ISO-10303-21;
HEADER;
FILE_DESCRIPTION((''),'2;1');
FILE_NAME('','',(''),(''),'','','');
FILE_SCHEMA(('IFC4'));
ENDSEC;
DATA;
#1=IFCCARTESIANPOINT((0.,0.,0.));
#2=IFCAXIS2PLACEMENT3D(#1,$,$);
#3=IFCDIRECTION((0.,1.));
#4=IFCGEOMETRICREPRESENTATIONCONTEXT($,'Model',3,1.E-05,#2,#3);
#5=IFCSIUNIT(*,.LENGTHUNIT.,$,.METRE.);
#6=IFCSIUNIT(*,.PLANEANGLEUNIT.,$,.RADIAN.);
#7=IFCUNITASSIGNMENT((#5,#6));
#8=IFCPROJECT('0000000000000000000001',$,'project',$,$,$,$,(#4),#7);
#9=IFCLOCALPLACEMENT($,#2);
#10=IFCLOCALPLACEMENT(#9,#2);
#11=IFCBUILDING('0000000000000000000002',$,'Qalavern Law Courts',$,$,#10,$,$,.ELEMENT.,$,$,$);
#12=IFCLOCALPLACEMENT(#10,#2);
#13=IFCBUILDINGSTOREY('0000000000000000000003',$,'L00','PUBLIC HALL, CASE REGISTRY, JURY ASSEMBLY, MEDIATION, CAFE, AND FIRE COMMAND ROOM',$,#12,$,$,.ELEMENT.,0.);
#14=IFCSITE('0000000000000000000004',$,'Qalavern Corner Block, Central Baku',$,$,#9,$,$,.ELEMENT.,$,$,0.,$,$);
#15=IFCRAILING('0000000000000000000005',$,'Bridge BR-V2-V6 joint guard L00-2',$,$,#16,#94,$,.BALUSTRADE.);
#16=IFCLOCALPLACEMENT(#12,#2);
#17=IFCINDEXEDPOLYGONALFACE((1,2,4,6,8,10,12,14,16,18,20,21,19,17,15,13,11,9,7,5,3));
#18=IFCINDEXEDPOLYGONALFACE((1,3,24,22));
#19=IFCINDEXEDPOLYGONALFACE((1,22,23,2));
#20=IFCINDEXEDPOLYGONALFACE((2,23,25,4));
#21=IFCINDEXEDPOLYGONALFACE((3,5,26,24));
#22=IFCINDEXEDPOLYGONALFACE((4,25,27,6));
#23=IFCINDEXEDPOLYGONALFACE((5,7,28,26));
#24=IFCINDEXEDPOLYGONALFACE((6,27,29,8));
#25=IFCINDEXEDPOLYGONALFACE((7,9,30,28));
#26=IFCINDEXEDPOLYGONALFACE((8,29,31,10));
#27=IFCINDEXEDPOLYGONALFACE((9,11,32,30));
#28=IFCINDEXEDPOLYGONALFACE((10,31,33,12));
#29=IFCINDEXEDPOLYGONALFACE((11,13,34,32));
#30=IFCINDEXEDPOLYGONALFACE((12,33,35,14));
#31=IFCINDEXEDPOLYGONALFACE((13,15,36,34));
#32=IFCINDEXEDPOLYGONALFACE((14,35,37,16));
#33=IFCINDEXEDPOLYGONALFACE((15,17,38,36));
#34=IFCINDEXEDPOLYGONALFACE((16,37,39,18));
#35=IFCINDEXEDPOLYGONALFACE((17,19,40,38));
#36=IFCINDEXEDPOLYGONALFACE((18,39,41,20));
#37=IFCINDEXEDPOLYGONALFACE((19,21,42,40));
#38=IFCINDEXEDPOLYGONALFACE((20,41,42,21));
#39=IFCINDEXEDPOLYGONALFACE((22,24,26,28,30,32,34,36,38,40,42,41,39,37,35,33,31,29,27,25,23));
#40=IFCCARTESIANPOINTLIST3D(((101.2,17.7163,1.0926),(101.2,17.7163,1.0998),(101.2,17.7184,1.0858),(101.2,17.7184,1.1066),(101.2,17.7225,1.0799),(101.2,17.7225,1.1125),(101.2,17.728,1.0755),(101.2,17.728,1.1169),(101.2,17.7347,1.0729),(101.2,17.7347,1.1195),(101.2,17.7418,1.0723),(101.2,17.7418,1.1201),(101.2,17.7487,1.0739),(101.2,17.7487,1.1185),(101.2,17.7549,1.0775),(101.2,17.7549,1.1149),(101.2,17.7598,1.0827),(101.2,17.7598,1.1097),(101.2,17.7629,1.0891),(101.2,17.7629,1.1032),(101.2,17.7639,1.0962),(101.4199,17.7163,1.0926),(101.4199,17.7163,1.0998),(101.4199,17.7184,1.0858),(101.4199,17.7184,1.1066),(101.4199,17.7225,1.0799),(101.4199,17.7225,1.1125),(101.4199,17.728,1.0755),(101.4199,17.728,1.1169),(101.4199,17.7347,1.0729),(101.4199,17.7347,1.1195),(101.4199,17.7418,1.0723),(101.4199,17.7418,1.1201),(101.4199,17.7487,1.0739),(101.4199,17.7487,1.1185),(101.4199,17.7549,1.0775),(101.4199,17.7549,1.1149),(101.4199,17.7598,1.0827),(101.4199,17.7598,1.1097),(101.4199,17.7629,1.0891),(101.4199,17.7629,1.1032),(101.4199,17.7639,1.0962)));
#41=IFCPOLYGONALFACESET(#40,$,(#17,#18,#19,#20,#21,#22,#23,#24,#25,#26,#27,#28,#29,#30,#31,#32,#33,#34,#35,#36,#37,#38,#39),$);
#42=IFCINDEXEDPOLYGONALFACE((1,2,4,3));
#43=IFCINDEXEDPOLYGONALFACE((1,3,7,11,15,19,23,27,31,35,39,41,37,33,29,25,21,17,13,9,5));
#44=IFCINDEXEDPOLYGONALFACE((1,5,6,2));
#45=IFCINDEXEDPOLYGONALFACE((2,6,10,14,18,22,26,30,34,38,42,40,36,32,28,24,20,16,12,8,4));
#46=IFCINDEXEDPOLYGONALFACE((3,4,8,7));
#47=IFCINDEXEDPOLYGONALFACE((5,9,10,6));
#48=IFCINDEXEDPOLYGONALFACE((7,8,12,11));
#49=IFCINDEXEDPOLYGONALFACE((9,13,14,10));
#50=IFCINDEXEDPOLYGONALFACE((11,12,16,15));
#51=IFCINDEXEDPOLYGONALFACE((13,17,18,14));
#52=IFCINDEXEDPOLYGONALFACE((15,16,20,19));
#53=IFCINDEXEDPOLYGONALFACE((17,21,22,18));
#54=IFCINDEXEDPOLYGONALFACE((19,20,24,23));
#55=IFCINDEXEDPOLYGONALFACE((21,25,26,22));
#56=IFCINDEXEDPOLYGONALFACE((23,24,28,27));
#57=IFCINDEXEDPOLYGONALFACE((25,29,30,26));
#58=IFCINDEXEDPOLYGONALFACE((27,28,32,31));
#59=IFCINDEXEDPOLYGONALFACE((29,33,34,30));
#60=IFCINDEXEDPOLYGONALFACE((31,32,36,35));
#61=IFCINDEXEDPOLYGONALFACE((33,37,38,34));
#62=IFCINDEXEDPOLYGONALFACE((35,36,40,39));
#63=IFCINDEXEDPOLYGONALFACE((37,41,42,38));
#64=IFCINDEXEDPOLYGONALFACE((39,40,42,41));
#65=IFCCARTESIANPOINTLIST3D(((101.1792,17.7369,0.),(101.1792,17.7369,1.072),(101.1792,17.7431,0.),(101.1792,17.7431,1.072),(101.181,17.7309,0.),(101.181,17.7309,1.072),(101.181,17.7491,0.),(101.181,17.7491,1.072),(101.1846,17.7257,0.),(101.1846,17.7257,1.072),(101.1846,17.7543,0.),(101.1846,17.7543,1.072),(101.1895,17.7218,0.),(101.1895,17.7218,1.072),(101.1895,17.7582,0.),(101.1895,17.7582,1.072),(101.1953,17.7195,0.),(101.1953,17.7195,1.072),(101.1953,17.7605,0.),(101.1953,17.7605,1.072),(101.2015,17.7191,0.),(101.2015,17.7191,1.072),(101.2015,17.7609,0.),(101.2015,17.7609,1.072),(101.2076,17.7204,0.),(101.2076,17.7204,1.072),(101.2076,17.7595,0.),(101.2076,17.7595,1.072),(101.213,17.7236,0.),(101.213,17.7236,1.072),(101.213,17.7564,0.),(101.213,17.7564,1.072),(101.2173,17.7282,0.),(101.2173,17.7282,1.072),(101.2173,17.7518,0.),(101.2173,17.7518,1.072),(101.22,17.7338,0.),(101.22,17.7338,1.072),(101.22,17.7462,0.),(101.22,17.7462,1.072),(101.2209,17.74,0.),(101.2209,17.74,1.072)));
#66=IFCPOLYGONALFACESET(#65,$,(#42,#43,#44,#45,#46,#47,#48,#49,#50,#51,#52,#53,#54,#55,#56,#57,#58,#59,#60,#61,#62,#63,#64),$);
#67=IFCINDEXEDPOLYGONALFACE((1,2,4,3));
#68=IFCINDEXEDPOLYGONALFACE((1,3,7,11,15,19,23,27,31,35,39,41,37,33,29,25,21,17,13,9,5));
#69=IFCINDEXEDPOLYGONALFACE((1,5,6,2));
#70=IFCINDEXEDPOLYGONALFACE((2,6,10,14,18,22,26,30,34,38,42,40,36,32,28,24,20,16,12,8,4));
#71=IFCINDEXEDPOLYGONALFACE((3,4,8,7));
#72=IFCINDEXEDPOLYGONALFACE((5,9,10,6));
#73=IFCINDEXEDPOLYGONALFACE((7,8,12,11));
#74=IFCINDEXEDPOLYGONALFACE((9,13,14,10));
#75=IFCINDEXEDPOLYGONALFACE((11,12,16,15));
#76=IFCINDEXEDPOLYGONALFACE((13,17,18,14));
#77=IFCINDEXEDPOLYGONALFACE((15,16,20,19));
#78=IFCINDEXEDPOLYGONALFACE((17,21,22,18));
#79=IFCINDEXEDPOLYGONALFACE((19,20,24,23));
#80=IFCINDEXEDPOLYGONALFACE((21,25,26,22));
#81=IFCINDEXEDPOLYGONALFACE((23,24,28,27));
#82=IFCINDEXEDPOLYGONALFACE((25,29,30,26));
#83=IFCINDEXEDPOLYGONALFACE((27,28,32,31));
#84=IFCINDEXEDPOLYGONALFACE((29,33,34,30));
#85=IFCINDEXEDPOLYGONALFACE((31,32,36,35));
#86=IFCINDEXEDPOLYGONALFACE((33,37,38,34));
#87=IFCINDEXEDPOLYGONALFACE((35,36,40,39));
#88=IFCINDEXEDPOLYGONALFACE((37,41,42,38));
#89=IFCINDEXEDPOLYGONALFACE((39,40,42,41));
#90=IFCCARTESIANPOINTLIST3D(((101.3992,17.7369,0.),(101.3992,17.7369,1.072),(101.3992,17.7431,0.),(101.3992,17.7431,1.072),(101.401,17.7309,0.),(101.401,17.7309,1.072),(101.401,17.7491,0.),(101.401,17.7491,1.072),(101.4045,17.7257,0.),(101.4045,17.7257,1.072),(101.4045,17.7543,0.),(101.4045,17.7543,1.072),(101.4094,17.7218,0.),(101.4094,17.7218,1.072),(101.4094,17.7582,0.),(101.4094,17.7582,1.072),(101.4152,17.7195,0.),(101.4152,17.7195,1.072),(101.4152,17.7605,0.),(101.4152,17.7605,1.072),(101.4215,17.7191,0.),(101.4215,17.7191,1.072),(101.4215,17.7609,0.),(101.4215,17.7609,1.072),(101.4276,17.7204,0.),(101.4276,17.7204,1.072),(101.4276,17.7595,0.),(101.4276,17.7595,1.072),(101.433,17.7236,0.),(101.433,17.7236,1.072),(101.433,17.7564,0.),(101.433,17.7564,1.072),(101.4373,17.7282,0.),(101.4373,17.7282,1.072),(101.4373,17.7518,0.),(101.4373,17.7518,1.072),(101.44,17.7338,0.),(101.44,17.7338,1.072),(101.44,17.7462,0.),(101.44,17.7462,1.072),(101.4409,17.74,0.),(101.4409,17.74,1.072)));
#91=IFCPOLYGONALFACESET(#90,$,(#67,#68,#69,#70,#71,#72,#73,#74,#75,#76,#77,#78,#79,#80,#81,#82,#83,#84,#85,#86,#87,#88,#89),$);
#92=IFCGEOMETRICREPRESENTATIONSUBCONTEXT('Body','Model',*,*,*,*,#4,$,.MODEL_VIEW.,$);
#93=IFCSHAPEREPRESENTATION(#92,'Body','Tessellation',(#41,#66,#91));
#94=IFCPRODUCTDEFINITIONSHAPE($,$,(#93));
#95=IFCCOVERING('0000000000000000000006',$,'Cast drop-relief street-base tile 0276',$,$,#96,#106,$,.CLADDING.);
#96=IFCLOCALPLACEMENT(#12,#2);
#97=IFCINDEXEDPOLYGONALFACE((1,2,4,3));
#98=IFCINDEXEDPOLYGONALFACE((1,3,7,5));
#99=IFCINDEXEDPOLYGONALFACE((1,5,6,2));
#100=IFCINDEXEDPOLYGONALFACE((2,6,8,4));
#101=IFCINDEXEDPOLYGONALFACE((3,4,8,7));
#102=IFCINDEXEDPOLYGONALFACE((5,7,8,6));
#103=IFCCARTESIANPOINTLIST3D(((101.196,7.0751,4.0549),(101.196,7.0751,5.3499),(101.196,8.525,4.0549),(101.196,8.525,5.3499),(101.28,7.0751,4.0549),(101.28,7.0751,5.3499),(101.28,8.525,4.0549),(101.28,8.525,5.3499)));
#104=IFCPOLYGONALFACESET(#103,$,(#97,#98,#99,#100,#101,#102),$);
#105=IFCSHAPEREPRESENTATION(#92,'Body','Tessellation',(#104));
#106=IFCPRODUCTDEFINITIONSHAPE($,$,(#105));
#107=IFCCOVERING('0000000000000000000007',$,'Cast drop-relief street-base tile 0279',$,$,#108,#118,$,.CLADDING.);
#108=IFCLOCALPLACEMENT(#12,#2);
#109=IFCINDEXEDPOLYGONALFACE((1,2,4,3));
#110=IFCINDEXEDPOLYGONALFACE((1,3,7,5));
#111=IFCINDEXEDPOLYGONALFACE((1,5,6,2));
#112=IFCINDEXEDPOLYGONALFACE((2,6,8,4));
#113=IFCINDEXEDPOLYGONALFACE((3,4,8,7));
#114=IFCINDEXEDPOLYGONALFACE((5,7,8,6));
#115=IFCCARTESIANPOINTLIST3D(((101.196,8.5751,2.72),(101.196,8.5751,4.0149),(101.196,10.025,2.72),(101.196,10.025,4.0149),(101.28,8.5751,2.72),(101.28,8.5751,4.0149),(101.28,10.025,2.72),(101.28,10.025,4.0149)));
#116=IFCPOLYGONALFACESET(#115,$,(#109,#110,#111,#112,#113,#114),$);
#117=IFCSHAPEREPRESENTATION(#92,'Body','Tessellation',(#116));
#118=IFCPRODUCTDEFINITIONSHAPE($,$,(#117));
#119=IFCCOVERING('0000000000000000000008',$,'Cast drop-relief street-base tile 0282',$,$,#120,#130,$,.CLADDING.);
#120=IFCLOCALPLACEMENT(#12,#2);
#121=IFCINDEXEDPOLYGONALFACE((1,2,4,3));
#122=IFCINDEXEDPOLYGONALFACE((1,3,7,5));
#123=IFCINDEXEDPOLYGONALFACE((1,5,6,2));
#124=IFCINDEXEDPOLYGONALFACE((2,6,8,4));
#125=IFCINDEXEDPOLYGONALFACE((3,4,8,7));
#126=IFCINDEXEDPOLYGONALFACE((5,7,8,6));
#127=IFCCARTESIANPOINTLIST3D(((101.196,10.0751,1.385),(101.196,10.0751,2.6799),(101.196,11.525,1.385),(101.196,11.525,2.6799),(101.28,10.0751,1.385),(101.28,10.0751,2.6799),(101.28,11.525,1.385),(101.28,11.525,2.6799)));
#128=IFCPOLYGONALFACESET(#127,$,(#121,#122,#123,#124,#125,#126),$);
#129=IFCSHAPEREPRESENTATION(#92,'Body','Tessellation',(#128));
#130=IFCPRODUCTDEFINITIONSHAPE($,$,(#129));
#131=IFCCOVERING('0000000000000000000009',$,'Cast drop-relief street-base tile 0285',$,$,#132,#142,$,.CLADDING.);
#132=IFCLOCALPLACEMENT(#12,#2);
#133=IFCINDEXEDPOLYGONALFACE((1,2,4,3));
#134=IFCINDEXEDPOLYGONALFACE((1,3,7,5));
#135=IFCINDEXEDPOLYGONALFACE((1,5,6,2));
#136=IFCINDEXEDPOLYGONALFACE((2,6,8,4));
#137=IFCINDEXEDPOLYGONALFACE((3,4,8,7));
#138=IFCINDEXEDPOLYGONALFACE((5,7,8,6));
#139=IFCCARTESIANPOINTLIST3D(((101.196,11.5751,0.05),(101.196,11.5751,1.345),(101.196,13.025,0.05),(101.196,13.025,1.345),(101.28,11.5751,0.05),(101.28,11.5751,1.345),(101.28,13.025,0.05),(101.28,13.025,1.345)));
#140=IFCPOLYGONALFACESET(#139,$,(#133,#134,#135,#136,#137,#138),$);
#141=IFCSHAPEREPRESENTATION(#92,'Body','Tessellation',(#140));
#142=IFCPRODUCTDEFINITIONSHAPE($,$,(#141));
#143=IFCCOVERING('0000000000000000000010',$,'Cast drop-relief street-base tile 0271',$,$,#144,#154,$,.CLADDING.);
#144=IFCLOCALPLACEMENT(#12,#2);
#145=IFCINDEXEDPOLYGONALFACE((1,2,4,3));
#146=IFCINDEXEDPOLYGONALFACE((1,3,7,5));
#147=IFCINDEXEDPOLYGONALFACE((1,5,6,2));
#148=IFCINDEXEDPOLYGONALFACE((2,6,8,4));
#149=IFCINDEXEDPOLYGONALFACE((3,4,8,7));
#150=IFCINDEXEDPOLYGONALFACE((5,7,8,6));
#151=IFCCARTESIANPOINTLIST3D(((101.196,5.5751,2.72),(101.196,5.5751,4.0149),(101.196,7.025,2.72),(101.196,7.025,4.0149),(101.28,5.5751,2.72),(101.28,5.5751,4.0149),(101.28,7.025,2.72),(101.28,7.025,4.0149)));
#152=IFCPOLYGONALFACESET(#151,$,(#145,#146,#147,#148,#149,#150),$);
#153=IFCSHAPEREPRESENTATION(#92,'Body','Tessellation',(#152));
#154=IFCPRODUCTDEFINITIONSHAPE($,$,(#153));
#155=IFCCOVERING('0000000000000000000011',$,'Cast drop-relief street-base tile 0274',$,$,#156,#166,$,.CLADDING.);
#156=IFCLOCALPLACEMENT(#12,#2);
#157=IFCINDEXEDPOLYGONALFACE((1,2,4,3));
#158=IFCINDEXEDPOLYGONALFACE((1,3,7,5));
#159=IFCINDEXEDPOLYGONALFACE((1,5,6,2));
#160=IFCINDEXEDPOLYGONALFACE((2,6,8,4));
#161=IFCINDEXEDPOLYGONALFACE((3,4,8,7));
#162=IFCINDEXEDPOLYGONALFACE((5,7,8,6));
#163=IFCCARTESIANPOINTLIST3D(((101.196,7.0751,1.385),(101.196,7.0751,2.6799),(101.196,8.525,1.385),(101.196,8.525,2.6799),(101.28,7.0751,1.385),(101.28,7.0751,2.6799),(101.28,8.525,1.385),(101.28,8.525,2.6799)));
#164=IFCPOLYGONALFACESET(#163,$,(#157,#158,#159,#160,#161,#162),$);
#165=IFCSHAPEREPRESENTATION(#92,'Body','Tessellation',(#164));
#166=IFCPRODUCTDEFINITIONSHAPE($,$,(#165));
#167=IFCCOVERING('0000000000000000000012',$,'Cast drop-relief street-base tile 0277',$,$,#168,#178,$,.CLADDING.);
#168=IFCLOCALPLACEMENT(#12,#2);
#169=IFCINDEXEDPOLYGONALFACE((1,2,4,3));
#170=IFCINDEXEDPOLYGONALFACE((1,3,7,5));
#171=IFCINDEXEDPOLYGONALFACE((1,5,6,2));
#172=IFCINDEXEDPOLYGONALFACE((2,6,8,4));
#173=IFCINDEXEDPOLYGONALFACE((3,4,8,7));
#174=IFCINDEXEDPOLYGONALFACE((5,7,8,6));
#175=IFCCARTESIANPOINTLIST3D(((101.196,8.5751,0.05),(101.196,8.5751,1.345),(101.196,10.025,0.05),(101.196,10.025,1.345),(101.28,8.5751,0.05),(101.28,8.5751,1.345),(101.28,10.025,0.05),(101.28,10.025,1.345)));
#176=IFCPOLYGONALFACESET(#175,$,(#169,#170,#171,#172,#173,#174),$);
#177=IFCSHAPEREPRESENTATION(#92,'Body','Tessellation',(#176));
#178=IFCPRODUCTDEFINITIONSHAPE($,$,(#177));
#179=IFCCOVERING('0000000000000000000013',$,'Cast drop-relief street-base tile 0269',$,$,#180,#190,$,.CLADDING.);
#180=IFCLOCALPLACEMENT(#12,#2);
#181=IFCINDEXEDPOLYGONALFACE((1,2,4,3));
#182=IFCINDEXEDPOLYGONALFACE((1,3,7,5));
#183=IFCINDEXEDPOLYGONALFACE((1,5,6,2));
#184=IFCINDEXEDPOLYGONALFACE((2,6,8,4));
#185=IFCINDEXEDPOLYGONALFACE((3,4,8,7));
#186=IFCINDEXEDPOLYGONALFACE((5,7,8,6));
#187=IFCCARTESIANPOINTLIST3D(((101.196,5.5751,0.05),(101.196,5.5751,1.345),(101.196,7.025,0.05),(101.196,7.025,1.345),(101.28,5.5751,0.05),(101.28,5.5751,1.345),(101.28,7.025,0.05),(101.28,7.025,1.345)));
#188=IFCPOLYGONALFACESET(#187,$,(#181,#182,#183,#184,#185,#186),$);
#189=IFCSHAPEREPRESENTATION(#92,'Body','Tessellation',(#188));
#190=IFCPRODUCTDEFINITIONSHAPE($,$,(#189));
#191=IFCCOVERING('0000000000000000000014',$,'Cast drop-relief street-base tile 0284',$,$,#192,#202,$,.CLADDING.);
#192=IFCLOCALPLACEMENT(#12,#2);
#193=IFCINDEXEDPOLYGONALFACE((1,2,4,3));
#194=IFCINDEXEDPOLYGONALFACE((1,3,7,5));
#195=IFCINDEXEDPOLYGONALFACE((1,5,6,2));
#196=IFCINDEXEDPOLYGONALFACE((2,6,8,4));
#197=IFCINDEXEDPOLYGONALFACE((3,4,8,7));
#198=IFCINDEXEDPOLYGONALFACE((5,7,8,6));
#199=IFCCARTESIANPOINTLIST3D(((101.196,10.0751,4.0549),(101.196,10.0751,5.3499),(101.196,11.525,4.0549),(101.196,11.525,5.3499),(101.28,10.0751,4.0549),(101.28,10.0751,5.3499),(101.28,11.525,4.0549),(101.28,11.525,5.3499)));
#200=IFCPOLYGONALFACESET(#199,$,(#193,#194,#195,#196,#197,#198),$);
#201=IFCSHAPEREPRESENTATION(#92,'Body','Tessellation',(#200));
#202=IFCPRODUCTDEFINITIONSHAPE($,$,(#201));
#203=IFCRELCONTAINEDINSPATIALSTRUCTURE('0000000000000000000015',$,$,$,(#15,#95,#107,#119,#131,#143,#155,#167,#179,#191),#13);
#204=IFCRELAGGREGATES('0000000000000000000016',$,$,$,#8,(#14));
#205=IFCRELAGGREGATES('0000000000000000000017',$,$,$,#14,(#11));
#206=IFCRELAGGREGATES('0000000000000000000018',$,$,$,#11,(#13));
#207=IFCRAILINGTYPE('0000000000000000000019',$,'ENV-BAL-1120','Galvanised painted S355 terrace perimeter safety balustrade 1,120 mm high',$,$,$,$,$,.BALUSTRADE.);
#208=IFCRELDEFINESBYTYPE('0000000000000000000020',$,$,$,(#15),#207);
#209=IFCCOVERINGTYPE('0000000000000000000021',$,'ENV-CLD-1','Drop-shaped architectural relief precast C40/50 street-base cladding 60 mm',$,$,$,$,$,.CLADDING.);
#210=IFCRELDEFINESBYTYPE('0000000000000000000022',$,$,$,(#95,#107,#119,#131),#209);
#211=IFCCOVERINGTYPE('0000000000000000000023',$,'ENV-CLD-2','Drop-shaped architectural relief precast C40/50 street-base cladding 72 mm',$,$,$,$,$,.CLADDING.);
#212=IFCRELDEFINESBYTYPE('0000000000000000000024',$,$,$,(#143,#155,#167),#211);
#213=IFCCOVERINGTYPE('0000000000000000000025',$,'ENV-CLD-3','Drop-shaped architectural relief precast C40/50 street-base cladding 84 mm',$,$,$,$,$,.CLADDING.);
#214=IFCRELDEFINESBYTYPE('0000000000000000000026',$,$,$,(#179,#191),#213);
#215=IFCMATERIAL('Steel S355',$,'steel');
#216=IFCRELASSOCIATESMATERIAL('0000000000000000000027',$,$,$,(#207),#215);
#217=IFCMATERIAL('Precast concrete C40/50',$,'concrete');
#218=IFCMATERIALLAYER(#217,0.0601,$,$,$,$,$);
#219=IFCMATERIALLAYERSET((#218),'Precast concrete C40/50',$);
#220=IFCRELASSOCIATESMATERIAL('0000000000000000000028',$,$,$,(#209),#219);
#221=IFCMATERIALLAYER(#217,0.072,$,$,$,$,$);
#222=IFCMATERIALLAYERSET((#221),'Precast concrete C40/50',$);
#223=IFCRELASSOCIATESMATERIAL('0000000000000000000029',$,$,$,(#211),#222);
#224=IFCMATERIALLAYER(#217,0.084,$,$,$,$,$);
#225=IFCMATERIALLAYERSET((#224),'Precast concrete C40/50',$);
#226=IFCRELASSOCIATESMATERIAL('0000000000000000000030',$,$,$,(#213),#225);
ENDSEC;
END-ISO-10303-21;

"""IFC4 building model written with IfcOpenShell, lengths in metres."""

from ifc_helpers import new_model, si_unit, direction, frame, origin, origin_2d, place, context, subcontext, project, spatial, rectangle, circle, extrude, material, layer, layer_set, type_object, element, save


model = new_model("IFC4")

# Units and contexts
model_context = context("Model", 3, precision=1e-05, world=origin(), true_north=direction((0.0, 1.0)))
body_context = subcontext(model_context, "Body", "Model", "MODEL_VIEW")
ifc_project = project(units=[si_unit("LENGTHUNIT", "METRE"), si_unit("PLANEANGLEUNIT", "RADIAN")], contexts=[model_context])

# Site, building, storey
site_placement = place(None, origin())
site = spatial("IfcSite", under=ifc_project, at=site_placement, Name="Qalavern Corner Block, Central Baku", CompositionType="ELEMENT", RefElevation=0.0)
building_placement = place(site_placement, origin())
building = spatial("IfcBuilding", under=site, at=building_placement, Name="Qalavern Law Courts", CompositionType="ELEMENT")
storey_placement = place(building_placement, origin())
storey = spatial("IfcBuildingStorey", under=building, at=storey_placement, Name="L00", Description="PUBLIC HALL, CASE REGISTRY, JURY ASSEMBLY, MEDIATION, CAFE, AND FIRE COMMAND ROOM", CompositionType="ELEMENT", Elevation=0.0)

# Shared definitions
ifc_material_1 = material(Name="Steel S355", Category="steel")

# Railing
railing_type = type_object("IfcRailingType", Name="ENV-BAL-1120", Description="Galvanised painted S355 terrace perimeter safety balustrade 1,120 mm high", PredefinedType="BALUSTRADE", material=ifc_material_1)
for number, where, name in (
    (1, (101.2, 17.74, 0.0), "Bridge BR-V2-V6 joint guard L00-2"),
):
    element("IfcRailing", number, at=place(storey_placement, frame(where)), inside=storey, type_object=railing_type, Name=name, PredefinedType="BALUSTRADE", context=body_context, shape_type="SweptSolid", body=[
        extrude(circle(Radius=0.0239, at=origin_2d()), frame((0.0, 0.0, 1.0962), z_axis=(1.0, 0.0, 0.0), x_axis=(0.0, 1.0, 0.0)), (0.0, 0.0, 1.0), 0.22),
        extrude(circle(Radius=0.021, at=origin_2d()), origin(), (0.0, 0.0, 1.0), 1.072),
        extrude(circle(Radius=0.021, at=origin_2d()), frame((0.22, 0.0, 0.0)), (0.0, 0.0, 1.0), 1.072),
    ])

# Coverings
ifc_material_2 = material(Name="Precast concrete C40/50", Category="concrete")
ifc_layer_1 = layer(ifc_material_2, 0.0601)
ifc_layer_set_1 = layer_set([ifc_layer_1], Name="Precast concrete C40/50")
covering_type_1 = type_object("IfcCoveringType", Name="ENV-CLD-1", Description="Drop-shaped architectural relief precast C40/50 street-base cladding 60 mm", PredefinedType="CLADDING", material=ifc_layer_set_1)
for number, where, z_axis, x_axis, name in (
    (2, (101.238, 7.8, 4.0549), (0.0, 0.0, 1.0), (0.0, 1.0, 0.0), "Cast drop-relief street-base tile 0276"),
    (3, (101.238, 9.3, 2.72), (0.0, 0.0, 1.0), (0.0, 1.0, 0.0), "Cast drop-relief street-base tile 0279"),
    (4, (101.238, 10.8, 1.385), (0.0, 0.0, 1.0), (0.0, 1.0, 0.0), "Cast drop-relief street-base tile 0282"),
    (5, (101.238, 12.3, 0.05), (0.0, 0.0, 1.0), (0.0, 1.0, 0.0), "Cast drop-relief street-base tile 0285"),
):
    element("IfcCovering", number, at=place(storey_placement, frame(where, z_axis=z_axis, x_axis=x_axis)), inside=storey, type_object=covering_type_1, Name=name, PredefinedType="CLADDING", context=body_context, shape_type="SweptSolid", body=[
        extrude(rectangle(XDim=1.45, YDim=0.084, at=origin_2d()), origin(), (0.0, 0.0, 1.0), 1.2949),
    ])
ifc_layer_2 = layer(ifc_material_2, 0.072)
ifc_layer_set_2 = layer_set([ifc_layer_2], Name="Precast concrete C40/50")
covering_type_2 = type_object("IfcCoveringType", Name="ENV-CLD-2", Description="Drop-shaped architectural relief precast C40/50 street-base cladding 72 mm", PredefinedType="CLADDING", material=ifc_layer_set_2)
for number, where, z_axis, x_axis, name in (
    (6, (101.238, 6.3, 2.72), (0.0, 0.0, 1.0), (0.0, 1.0, 0.0), "Cast drop-relief street-base tile 0271"),
    (7, (101.238, 7.8, 1.385), (0.0, 0.0, 1.0), (0.0, 1.0, 0.0), "Cast drop-relief street-base tile 0274"),
    (8, (101.238, 9.3, 0.05), (0.0, 0.0, 1.0), (0.0, 1.0, 0.0), "Cast drop-relief street-base tile 0277"),
):
    element("IfcCovering", number, at=place(storey_placement, frame(where, z_axis=z_axis, x_axis=x_axis)), inside=storey, type_object=covering_type_2, Name=name, PredefinedType="CLADDING", context=body_context, shape_type="SweptSolid", body=[
        extrude(rectangle(XDim=1.45, YDim=0.084, at=origin_2d()), origin(), (0.0, 0.0, 1.0), 1.2949),
    ])
ifc_layer_3 = layer(ifc_material_2, 0.084)
ifc_layer_set_3 = layer_set([ifc_layer_3], Name="Precast concrete C40/50")
covering_type_3 = type_object("IfcCoveringType", Name="ENV-CLD-3", Description="Drop-shaped architectural relief precast C40/50 street-base cladding 84 mm", PredefinedType="CLADDING", material=ifc_layer_set_3)
for number, where, z_axis, x_axis, name in (
    (9, (101.238, 6.3, 0.05), (0.0, 0.0, 1.0), (0.0, 1.0, 0.0), "Cast drop-relief street-base tile 0269"),
    (10, (101.238, 10.8, 4.0549), (0.0, 0.0, 1.0), (0.0, 1.0, 0.0), "Cast drop-relief street-base tile 0284"),
):
    element("IfcCovering", number, at=place(storey_placement, frame(where, z_axis=z_axis, x_axis=x_axis)), inside=storey, type_object=covering_type_3, Name=name, PredefinedType="CLADDING", context=body_context, shape_type="SweptSolid", body=[
        extrude(rectangle(XDim=1.45, YDim=0.084, at=origin_2d()), origin(), (0.0, 0.0, 1.0), 1.2949),
    ])

save(model, "model.ifc")
